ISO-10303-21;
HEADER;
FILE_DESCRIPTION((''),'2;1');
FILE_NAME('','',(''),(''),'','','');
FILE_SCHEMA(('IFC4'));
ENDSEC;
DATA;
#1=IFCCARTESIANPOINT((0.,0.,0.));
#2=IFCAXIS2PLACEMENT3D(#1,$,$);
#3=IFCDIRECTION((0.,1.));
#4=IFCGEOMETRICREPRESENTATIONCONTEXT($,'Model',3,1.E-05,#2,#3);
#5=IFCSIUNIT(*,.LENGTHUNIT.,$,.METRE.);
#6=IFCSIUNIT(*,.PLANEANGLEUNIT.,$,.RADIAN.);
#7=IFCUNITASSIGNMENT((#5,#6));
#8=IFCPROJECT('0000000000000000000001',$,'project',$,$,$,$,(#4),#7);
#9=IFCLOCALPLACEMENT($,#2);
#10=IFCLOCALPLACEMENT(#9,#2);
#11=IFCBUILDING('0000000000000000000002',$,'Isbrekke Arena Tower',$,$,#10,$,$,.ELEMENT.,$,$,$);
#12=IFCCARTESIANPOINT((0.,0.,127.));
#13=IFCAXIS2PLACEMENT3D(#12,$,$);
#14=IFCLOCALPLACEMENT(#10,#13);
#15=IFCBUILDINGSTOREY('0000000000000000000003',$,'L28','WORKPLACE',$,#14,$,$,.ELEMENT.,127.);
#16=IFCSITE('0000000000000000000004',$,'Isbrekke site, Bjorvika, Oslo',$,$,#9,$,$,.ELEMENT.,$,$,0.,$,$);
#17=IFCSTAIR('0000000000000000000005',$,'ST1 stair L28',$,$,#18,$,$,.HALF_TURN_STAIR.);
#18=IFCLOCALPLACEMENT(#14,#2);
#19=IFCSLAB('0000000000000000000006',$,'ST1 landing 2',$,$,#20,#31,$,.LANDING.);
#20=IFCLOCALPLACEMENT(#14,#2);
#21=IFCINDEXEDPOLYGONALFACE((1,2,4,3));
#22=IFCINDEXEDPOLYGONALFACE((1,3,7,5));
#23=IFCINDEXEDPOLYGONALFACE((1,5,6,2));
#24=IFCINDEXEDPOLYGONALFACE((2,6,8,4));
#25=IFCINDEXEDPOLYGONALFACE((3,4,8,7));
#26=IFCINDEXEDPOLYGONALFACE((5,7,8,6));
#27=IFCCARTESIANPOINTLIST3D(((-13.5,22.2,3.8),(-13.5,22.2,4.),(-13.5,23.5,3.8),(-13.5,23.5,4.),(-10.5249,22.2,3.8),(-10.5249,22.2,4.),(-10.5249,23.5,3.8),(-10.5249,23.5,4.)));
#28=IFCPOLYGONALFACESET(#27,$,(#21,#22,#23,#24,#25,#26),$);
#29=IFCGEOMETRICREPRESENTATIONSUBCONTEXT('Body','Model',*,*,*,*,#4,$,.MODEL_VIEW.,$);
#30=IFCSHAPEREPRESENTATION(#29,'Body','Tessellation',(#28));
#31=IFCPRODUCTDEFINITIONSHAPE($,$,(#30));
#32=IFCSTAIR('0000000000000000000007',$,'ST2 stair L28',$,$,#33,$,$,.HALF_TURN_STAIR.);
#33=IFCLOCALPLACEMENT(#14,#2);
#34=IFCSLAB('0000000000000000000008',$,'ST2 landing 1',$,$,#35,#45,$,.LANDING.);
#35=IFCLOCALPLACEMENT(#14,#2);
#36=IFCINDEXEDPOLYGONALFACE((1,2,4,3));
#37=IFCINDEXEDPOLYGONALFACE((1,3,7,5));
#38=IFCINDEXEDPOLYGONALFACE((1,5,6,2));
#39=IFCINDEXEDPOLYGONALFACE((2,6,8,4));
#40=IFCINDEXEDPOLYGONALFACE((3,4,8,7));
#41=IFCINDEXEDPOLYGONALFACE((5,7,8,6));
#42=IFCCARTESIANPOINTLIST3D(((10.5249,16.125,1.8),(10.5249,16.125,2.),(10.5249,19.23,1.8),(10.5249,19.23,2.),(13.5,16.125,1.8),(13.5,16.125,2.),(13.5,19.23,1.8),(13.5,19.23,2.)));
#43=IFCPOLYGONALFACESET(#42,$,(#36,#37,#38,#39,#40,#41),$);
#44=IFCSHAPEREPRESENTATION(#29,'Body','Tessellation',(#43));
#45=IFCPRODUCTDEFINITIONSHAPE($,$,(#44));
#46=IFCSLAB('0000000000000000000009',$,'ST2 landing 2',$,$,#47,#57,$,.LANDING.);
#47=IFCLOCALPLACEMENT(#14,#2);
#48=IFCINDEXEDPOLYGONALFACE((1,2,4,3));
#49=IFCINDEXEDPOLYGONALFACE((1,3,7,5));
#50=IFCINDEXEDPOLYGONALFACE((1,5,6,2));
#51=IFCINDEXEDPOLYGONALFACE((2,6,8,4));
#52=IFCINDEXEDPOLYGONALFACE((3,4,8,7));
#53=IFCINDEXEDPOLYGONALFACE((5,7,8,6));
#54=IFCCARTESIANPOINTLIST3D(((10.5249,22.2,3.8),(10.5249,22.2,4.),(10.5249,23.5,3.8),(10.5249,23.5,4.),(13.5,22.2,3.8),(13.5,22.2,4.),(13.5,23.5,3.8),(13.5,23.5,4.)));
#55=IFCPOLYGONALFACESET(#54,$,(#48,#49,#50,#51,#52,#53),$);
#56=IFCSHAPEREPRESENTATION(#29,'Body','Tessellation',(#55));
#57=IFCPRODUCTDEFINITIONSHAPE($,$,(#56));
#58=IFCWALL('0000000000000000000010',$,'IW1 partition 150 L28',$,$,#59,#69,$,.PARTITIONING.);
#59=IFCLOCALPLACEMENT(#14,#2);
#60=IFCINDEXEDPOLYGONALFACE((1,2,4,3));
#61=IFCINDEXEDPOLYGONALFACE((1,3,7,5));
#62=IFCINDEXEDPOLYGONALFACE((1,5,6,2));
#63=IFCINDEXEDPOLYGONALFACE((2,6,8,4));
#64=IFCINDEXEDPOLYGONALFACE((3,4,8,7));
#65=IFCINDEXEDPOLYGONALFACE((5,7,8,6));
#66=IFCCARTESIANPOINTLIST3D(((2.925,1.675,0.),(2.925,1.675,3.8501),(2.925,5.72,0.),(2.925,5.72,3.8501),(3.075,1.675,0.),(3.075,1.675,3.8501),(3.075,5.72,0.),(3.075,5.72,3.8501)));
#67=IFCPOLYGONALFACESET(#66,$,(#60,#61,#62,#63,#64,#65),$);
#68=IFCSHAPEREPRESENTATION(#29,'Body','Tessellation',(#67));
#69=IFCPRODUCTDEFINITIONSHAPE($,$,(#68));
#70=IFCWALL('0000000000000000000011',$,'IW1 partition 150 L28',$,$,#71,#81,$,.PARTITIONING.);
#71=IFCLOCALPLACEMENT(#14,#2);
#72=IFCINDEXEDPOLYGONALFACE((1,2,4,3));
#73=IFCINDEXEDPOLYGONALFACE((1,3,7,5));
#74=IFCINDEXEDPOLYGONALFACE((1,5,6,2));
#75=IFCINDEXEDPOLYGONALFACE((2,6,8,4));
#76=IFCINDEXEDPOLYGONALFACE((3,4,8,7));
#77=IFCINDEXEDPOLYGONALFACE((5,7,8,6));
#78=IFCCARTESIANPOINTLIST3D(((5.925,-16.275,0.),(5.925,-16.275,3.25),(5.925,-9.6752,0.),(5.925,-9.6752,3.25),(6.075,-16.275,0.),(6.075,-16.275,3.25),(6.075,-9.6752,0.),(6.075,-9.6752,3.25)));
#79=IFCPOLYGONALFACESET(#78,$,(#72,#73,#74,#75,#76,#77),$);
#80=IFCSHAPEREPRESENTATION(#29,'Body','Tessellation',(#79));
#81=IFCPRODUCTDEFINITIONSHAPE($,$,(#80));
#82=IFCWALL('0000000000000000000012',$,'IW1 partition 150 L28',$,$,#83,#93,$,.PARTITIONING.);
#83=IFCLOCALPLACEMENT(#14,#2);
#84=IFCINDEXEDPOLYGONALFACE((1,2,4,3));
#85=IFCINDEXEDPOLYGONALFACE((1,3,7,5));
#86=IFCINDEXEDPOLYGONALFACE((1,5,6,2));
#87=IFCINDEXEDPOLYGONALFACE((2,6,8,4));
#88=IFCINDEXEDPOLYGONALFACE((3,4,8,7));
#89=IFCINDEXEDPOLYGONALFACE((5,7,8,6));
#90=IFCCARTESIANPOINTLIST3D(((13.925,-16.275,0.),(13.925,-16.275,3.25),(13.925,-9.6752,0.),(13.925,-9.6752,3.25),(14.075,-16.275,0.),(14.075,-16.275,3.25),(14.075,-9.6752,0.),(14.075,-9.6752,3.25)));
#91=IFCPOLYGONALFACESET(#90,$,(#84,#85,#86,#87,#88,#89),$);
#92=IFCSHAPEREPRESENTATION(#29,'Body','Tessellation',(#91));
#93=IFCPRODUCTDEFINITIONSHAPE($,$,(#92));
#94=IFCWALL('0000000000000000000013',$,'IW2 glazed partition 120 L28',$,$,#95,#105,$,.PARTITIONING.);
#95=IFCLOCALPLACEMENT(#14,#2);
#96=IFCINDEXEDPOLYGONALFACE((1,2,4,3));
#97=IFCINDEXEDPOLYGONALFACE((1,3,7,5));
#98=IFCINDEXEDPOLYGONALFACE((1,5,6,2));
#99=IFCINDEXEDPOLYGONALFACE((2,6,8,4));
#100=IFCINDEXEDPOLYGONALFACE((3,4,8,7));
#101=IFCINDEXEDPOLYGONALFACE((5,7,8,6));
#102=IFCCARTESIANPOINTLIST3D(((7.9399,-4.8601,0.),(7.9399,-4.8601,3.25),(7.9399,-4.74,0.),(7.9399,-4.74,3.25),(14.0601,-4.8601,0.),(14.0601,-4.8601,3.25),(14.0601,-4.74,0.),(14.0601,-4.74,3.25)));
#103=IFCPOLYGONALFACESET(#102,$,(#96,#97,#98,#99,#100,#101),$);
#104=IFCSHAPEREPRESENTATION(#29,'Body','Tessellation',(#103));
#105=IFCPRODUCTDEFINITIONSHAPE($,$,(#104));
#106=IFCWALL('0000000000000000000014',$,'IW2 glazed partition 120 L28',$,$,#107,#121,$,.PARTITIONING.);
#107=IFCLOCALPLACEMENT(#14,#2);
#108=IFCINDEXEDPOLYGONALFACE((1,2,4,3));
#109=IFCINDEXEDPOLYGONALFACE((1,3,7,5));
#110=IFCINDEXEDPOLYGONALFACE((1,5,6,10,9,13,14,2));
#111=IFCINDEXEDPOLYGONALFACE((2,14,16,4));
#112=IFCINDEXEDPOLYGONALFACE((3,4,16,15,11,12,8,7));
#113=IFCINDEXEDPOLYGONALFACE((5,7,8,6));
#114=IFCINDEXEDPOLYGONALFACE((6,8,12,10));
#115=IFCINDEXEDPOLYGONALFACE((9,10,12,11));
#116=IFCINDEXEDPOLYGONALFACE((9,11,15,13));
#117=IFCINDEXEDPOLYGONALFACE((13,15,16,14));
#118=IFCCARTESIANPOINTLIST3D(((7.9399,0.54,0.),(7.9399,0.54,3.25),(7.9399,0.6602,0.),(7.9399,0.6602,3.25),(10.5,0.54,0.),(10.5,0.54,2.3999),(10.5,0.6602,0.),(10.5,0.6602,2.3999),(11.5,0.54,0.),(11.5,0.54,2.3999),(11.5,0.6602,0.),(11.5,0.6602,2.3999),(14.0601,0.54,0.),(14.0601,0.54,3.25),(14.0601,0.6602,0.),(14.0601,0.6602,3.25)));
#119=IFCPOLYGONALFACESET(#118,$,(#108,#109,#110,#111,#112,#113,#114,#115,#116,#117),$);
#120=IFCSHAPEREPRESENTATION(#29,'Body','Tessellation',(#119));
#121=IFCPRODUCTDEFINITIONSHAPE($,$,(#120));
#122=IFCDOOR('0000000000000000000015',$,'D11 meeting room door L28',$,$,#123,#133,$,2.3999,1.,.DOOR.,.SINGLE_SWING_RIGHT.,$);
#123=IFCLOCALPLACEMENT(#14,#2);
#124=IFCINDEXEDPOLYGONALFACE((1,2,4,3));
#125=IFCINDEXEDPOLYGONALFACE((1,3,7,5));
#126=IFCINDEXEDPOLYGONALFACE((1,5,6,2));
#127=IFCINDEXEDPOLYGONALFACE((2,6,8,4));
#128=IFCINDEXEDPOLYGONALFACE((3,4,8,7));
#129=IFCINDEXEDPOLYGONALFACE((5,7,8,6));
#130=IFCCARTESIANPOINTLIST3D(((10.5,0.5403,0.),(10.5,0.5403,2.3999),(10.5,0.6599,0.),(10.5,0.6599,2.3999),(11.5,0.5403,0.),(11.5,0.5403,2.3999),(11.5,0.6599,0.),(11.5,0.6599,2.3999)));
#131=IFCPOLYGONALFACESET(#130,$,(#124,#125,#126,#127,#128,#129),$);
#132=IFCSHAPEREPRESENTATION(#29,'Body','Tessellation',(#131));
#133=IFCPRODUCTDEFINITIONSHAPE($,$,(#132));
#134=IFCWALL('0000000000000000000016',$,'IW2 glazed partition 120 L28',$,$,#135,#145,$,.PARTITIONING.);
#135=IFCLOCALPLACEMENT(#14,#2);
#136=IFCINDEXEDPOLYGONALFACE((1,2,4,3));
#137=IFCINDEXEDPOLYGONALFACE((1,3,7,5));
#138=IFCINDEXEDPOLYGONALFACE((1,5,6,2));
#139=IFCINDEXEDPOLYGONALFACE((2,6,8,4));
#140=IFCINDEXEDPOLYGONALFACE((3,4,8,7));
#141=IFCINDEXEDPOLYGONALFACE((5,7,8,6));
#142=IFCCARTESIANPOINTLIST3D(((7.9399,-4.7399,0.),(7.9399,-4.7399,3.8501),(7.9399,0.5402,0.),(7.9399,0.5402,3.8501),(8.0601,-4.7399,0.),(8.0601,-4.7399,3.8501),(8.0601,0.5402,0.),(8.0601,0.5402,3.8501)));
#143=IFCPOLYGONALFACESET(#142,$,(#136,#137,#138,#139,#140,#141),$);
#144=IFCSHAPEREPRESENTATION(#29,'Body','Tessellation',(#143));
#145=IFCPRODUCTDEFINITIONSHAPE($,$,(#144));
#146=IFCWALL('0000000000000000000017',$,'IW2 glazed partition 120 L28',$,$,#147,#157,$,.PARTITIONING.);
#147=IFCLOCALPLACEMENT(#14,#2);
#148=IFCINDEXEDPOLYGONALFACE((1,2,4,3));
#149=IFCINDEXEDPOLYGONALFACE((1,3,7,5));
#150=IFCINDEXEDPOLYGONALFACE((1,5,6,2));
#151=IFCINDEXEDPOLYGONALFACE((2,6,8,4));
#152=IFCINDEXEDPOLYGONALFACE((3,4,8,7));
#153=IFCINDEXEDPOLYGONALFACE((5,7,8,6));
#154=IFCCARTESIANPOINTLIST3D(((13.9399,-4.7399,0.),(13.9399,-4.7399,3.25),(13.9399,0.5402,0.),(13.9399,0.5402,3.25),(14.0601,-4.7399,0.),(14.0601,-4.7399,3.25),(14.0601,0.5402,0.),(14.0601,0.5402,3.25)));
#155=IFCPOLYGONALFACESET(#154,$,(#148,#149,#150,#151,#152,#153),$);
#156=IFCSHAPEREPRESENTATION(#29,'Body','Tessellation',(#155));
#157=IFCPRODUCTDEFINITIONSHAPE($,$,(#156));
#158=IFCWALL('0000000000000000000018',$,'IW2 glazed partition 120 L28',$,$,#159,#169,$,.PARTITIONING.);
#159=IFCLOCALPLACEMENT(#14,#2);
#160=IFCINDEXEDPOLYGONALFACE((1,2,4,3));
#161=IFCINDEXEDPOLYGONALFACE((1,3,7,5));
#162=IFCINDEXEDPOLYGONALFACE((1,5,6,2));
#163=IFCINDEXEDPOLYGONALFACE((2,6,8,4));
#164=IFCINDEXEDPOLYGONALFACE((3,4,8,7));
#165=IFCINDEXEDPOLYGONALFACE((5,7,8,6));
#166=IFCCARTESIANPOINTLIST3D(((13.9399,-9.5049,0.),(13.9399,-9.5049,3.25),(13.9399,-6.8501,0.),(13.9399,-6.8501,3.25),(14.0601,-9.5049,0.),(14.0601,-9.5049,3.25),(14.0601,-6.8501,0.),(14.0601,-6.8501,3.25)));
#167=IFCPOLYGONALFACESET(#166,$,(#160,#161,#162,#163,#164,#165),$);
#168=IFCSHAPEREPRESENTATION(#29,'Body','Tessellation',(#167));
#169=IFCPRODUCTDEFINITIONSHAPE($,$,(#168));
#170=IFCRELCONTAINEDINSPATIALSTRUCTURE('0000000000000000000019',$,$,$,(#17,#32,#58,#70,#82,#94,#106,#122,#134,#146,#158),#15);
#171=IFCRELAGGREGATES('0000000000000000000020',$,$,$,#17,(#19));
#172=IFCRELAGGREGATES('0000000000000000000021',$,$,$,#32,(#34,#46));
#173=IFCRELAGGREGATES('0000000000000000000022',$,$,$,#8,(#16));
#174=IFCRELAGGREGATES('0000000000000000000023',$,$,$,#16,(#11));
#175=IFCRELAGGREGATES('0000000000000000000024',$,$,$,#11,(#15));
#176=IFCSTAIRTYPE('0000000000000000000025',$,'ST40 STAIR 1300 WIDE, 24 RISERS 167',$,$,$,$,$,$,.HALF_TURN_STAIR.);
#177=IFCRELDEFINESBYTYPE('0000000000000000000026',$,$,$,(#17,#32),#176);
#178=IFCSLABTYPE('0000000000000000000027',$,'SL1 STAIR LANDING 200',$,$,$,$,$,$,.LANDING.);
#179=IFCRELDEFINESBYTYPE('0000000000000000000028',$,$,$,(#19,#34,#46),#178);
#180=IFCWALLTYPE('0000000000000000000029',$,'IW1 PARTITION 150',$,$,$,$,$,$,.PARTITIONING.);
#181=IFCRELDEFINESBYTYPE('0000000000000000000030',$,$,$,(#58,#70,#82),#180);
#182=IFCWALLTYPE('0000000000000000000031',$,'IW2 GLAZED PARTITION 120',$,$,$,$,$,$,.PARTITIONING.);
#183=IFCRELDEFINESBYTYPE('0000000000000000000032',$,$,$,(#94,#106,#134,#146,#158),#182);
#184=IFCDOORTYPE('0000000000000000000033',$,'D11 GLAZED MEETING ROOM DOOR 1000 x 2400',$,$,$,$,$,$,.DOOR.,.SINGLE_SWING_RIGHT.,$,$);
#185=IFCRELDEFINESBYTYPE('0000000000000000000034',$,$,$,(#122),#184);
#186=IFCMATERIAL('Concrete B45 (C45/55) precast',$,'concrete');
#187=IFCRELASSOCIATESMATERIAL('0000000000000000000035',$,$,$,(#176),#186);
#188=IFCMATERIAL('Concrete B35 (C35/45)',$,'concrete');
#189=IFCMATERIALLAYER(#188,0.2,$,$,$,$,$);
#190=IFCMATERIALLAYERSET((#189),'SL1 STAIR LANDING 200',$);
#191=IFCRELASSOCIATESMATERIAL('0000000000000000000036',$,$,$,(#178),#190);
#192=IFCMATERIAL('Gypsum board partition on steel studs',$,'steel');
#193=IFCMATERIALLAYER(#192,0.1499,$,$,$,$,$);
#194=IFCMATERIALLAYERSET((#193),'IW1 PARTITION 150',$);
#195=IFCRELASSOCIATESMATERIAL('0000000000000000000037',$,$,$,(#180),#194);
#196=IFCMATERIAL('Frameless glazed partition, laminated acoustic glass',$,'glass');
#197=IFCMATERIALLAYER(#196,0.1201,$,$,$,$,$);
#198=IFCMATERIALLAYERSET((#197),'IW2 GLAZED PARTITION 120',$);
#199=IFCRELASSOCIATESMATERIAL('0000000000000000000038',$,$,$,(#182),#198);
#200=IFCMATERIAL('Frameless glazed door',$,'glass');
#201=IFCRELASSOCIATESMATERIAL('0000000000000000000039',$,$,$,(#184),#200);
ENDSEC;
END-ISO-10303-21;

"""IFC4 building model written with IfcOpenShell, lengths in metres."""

from ifc_helpers import new_model, si_unit, direction, frame, frame_2d, origin, place, context, subcontext, project, spatial, polyline, rectangle, outline, extrude, material, layer, layer_set, type_object, element, fill, aggregate, save


model = new_model("IFC4")

# Units and contexts
model_context = context("Model", 3, precision=1e-05, world=origin(), true_north=direction((0.0, 1.0)))
body_context = subcontext(model_context, "Body", "Model", "MODEL_VIEW")
ifc_project = project(units=[si_unit("LENGTHUNIT", "METRE"), si_unit("PLANEANGLEUNIT", "RADIAN")], contexts=[model_context])

# Site, building, storey
site_placement = place(None, origin())
site = spatial("IfcSite", under=ifc_project, at=site_placement, Name="Isbrekke site, Bjorvika, Oslo", CompositionType="ELEMENT", RefElevation=0.0)
building_placement = place(site_placement, origin())
building = spatial("IfcBuilding", under=site, at=building_placement, Name="Isbrekke Arena Tower", CompositionType="ELEMENT")
storey_placement = place(building_placement, frame((0.0, 0.0, 127.0)))
storey = spatial("IfcBuildingStorey", under=building, at=storey_placement, Name="L28", Description="WORKPLACE", CompositionType="ELEMENT", Elevation=127.0)

# Stairs, slabs
ifc_material_1 = material(Name="Concrete B45 (C45/55) precast", Category="concrete")
stair_type = type_object("IfcStairType", Name="ST40 STAIR 1300 WIDE, 24 RISERS 167", PredefinedType="HALF_TURN_STAIR", material=ifc_material_1)
stair_1_placement = place(storey_placement, origin())
stair_1 = element("IfcStair", 1, at=stair_1_placement, inside=storey, type_object=stair_type, Name="ST1 stair L28", PredefinedType="HALF_TURN_STAIR")
ifc_material_2 = material(Name="Concrete B35 (C35/45)", Category="concrete")
ifc_layer_1 = layer(ifc_material_2, 0.2)
ifc_layer_set_1 = layer_set([ifc_layer_1], Name="SL1 STAIR LANDING 200")
slab_type_1 = type_object("IfcSlabType", Name="SL1 STAIR LANDING 200", PredefinedType="LANDING", material=ifc_layer_set_1)
slab_1_placement = place(storey_placement, frame((0.0, 0.0, 3.8)))
slab_1 = element("IfcSlab", 2, at=slab_1_placement, type_object=slab_type_1, Name="ST1 landing 2", PredefinedType="LANDING", context=body_context, shape_type="SweptSolid", body=[
    extrude(outline(polyline([(-13.5, 22.2), (-10.5249, 22.2), (-10.5249, 23.5), (-13.5, 23.5), (-13.5, 22.2)])), origin(), (0.0, 0.0, 1.0), 0.2),
])
aggregate(stair_1, [slab_1])
stair_2_placement = place(storey_placement, origin())
stair_2 = element("IfcStair", 3, at=stair_2_placement, inside=storey, type_object=stair_type, Name="ST2 stair L28", PredefinedType="HALF_TURN_STAIR")
slab_2_placement = place(storey_placement, frame((0.0, 0.0, 1.8)))
slab_2 = element("IfcSlab", 4, at=slab_2_placement, type_object=slab_type_1, Name="ST2 landing 1", PredefinedType="LANDING", context=body_context, shape_type="SweptSolid", body=[
    extrude(outline(polyline([(10.5249, 16.125), (13.5, 16.125), (13.5, 19.23), (10.5249, 19.23), (10.5249, 16.125)])), origin(), (0.0, 0.0, 1.0), 0.2),
])
slab_3_placement = place(storey_placement, frame((0.0, 0.0, 3.8)))
slab_3 = element("IfcSlab", 5, at=slab_3_placement, type_object=slab_type_1, Name="ST2 landing 2", PredefinedType="LANDING", context=body_context, shape_type="SweptSolid", body=[
    extrude(outline(polyline([(10.5249, 22.2), (13.5, 22.2), (13.5, 23.5), (10.5249, 23.5), (10.5249, 22.2)])), origin(), (0.0, 0.0, 1.0), 0.2),
])
aggregate(stair_2, [slab_2, slab_3])

# Walls
ifc_material_3 = material(Name="Gypsum board partition on steel studs", Category="steel")
ifc_layer_2 = layer(ifc_material_3, 0.1499)
ifc_layer_set_2 = layer_set([ifc_layer_2], Name="IW1 PARTITION 150")
wall_type_1 = type_object("IfcWallType", Name="IW1 PARTITION 150", PredefinedType="PARTITIONING", material=ifc_layer_set_2)
wall_1_placement = place(storey_placement, frame((3.0, 1.675, 0.0), z_axis=(0.0, 0.0, 1.0), x_axis=(0.0, 1.0, 0.0)))
element("IfcWall", 6, at=wall_1_placement, inside=storey, type_object=wall_type_1, Name="IW1 partition 150 L28", PredefinedType="PARTITIONING", context=body_context, shape_type="SweptSolid", body=[
    extrude(rectangle(XDim=4.0449, YDim=0.1499, at=frame_2d((2.0225, 0.0))), origin(), (0.0, 0.0, 1.0), 3.8501),
])
for number, where, z_axis, x_axis, name in (
    (7, (6.0, -16.2749, 0.0), (0.0, 0.0, 1.0), (0.0, 1.0, 0.0), "IW1 partition 150 L28"),
    (8, (14.0, -16.2749, 0.0), (0.0, 0.0, 1.0), (0.0, 1.0, 0.0), "IW1 partition 150 L28"),
):
    element("IfcWall", number, at=place(storey_placement, frame(where, z_axis=z_axis, x_axis=x_axis)), inside=storey, type_object=wall_type_1, Name=name, PredefinedType="PARTITIONING", context=body_context, shape_type="SweptSolid", body=[
        extrude(rectangle(XDim=6.5999, YDim=0.1499, at=frame_2d((3.2998, 0.0))), origin(), (0.0, 0.0, 1.0), 3.25),
    ])
ifc_material_4 = material(Name="Frameless glazed partition, laminated acoustic glass", Category="glass")
ifc_layer_3 = layer(ifc_material_4, 0.1201)
ifc_layer_set_3 = layer_set([ifc_layer_3], Name="IW2 GLAZED PARTITION 120")
wall_type_2 = type_object("IfcWallType", Name="IW2 GLAZED PARTITION 120", PredefinedType="PARTITIONING", material=ifc_layer_set_3)
wall_2_placement = place(storey_placement, frame((7.9399, -4.8, 0.0), z_axis=(0.0, 0.0, 1.0), x_axis=(1.0, 0.0, 0.0)))
element("IfcWall", 9, at=wall_2_placement, inside=storey, type_object=wall_type_2, Name="IW2 glazed partition 120 L28", PredefinedType="PARTITIONING", context=body_context, shape_type="SweptSolid", body=[
    extrude(rectangle(XDim=6.1201, YDim=0.1201, at=frame_2d((3.0601, 0.0))), origin(), (0.0, 0.0, 1.0), 3.25),
])

# Wall, opening, door
wall_3_placement = place(storey_placement, frame((7.9399, 0.6001, 0.0), z_axis=(0.0, 0.0, 1.0), x_axis=(1.0, 0.0, 0.0)))
wall_3 = element("IfcWall", 10, at=wall_3_placement, inside=storey, type_object=wall_type_2, Name="IW2 glazed partition 120 L28", PredefinedType="PARTITIONING", context=body_context, shape_type="SweptSolid", body=[
    extrude(rectangle(XDim=6.1201, YDim=0.1201, at=frame_2d((3.0601, 0.0))), origin(), (0.0, 0.0, 1.0), 3.25),
])
opening_placement = place(wall_3_placement, frame((2.5601, 0.0, 0.0)))
opening = element("IfcOpeningElement", 11, at=opening_placement, cuts=wall_3, PredefinedType="OPENING", context=body_context, shape_type="SweptSolid", body=[
    extrude(rectangle(XDim=1.0, YDim=2.3999, at=frame_2d((0.5, 1.2))), frame((0.0, 0.075, 0.0), z_axis=(0.0, -1.0, 0.0), x_axis=(1.0, 0.0, 0.0)), (0.0, 0.0, 1.0), 0.1499),
])
ifc_material_5 = material(Name="Frameless glazed door", Category="glass")
door_type = type_object("IfcDoorType", Name="D11 GLAZED MEETING ROOM DOOR 1000 x 2400", OperationType="SINGLE_SWING_RIGHT", PredefinedType="DOOR", material=ifc_material_5)
door_placement = place(opening_placement, origin())
door = element("IfcDoor", 12, at=door_placement, inside=storey, type_object=door_type, Name="D11 meeting room door L28", OperationType="SINGLE_SWING_RIGHT", OverallHeight=2.3999, OverallWidth=1.0, PredefinedType="DOOR", context=body_context, shape_type="SweptSolid", body=[
    extrude(rectangle(XDim=1.0, YDim=2.3999, at=frame_2d((0.5, 1.2))), frame((0.0, 0.0598, 0.0), z_axis=(0.0, -1.0, 0.0), x_axis=(1.0, 0.0, 0.0)), (0.0, 0.0, 1.0), 0.1196),
])
fill(opening, door)

# Walls
wall_4_placement = place(storey_placement, frame((8.0, -4.74, 0.0), z_axis=(0.0, 0.0, 1.0), x_axis=(0.0, 1.0, 0.0)))
element("IfcWall", 13, at=wall_4_placement, inside=storey, type_object=wall_type_2, Name="IW2 glazed partition 120 L28", PredefinedType="PARTITIONING", context=body_context, shape_type="SweptSolid", body=[
    extrude(rectangle(XDim=5.28, YDim=0.1201, at=frame_2d((2.6401, 0.0))), origin(), (0.0, 0.0, 1.0), 3.8501),
])
wall_5_placement = place(storey_placement, frame((14.0, -4.74, 0.0), z_axis=(0.0, 0.0, 1.0), x_axis=(0.0, 1.0, 0.0)))
element("IfcWall", 14, at=wall_5_placement, inside=storey, type_object=wall_type_2, Name="IW2 glazed partition 120 L28", PredefinedType="PARTITIONING", context=body_context, shape_type="SweptSolid", body=[
    extrude(rectangle(XDim=5.28, YDim=0.1201, at=frame_2d((2.6401, 0.0))), origin(), (0.0, 0.0, 1.0), 3.25),
])
wall_6_placement = place(storey_placement, frame((14.0, -9.5049, 0.0), z_axis=(0.0, 0.0, 1.0), x_axis=(0.0, 1.0, 0.0)))
element("IfcWall", 15, at=wall_6_placement, inside=storey, type_object=wall_type_2, Name="IW2 glazed partition 120 L28", PredefinedType="PARTITIONING", context=body_context, shape_type="SweptSolid", body=[
    extrude(rectangle(XDim=2.6548, YDim=0.1201, at=frame_2d((1.3274, 0.0))), origin(), (0.0, 0.0, 1.0), 3.25),
])

save(model, "model.ifc")
